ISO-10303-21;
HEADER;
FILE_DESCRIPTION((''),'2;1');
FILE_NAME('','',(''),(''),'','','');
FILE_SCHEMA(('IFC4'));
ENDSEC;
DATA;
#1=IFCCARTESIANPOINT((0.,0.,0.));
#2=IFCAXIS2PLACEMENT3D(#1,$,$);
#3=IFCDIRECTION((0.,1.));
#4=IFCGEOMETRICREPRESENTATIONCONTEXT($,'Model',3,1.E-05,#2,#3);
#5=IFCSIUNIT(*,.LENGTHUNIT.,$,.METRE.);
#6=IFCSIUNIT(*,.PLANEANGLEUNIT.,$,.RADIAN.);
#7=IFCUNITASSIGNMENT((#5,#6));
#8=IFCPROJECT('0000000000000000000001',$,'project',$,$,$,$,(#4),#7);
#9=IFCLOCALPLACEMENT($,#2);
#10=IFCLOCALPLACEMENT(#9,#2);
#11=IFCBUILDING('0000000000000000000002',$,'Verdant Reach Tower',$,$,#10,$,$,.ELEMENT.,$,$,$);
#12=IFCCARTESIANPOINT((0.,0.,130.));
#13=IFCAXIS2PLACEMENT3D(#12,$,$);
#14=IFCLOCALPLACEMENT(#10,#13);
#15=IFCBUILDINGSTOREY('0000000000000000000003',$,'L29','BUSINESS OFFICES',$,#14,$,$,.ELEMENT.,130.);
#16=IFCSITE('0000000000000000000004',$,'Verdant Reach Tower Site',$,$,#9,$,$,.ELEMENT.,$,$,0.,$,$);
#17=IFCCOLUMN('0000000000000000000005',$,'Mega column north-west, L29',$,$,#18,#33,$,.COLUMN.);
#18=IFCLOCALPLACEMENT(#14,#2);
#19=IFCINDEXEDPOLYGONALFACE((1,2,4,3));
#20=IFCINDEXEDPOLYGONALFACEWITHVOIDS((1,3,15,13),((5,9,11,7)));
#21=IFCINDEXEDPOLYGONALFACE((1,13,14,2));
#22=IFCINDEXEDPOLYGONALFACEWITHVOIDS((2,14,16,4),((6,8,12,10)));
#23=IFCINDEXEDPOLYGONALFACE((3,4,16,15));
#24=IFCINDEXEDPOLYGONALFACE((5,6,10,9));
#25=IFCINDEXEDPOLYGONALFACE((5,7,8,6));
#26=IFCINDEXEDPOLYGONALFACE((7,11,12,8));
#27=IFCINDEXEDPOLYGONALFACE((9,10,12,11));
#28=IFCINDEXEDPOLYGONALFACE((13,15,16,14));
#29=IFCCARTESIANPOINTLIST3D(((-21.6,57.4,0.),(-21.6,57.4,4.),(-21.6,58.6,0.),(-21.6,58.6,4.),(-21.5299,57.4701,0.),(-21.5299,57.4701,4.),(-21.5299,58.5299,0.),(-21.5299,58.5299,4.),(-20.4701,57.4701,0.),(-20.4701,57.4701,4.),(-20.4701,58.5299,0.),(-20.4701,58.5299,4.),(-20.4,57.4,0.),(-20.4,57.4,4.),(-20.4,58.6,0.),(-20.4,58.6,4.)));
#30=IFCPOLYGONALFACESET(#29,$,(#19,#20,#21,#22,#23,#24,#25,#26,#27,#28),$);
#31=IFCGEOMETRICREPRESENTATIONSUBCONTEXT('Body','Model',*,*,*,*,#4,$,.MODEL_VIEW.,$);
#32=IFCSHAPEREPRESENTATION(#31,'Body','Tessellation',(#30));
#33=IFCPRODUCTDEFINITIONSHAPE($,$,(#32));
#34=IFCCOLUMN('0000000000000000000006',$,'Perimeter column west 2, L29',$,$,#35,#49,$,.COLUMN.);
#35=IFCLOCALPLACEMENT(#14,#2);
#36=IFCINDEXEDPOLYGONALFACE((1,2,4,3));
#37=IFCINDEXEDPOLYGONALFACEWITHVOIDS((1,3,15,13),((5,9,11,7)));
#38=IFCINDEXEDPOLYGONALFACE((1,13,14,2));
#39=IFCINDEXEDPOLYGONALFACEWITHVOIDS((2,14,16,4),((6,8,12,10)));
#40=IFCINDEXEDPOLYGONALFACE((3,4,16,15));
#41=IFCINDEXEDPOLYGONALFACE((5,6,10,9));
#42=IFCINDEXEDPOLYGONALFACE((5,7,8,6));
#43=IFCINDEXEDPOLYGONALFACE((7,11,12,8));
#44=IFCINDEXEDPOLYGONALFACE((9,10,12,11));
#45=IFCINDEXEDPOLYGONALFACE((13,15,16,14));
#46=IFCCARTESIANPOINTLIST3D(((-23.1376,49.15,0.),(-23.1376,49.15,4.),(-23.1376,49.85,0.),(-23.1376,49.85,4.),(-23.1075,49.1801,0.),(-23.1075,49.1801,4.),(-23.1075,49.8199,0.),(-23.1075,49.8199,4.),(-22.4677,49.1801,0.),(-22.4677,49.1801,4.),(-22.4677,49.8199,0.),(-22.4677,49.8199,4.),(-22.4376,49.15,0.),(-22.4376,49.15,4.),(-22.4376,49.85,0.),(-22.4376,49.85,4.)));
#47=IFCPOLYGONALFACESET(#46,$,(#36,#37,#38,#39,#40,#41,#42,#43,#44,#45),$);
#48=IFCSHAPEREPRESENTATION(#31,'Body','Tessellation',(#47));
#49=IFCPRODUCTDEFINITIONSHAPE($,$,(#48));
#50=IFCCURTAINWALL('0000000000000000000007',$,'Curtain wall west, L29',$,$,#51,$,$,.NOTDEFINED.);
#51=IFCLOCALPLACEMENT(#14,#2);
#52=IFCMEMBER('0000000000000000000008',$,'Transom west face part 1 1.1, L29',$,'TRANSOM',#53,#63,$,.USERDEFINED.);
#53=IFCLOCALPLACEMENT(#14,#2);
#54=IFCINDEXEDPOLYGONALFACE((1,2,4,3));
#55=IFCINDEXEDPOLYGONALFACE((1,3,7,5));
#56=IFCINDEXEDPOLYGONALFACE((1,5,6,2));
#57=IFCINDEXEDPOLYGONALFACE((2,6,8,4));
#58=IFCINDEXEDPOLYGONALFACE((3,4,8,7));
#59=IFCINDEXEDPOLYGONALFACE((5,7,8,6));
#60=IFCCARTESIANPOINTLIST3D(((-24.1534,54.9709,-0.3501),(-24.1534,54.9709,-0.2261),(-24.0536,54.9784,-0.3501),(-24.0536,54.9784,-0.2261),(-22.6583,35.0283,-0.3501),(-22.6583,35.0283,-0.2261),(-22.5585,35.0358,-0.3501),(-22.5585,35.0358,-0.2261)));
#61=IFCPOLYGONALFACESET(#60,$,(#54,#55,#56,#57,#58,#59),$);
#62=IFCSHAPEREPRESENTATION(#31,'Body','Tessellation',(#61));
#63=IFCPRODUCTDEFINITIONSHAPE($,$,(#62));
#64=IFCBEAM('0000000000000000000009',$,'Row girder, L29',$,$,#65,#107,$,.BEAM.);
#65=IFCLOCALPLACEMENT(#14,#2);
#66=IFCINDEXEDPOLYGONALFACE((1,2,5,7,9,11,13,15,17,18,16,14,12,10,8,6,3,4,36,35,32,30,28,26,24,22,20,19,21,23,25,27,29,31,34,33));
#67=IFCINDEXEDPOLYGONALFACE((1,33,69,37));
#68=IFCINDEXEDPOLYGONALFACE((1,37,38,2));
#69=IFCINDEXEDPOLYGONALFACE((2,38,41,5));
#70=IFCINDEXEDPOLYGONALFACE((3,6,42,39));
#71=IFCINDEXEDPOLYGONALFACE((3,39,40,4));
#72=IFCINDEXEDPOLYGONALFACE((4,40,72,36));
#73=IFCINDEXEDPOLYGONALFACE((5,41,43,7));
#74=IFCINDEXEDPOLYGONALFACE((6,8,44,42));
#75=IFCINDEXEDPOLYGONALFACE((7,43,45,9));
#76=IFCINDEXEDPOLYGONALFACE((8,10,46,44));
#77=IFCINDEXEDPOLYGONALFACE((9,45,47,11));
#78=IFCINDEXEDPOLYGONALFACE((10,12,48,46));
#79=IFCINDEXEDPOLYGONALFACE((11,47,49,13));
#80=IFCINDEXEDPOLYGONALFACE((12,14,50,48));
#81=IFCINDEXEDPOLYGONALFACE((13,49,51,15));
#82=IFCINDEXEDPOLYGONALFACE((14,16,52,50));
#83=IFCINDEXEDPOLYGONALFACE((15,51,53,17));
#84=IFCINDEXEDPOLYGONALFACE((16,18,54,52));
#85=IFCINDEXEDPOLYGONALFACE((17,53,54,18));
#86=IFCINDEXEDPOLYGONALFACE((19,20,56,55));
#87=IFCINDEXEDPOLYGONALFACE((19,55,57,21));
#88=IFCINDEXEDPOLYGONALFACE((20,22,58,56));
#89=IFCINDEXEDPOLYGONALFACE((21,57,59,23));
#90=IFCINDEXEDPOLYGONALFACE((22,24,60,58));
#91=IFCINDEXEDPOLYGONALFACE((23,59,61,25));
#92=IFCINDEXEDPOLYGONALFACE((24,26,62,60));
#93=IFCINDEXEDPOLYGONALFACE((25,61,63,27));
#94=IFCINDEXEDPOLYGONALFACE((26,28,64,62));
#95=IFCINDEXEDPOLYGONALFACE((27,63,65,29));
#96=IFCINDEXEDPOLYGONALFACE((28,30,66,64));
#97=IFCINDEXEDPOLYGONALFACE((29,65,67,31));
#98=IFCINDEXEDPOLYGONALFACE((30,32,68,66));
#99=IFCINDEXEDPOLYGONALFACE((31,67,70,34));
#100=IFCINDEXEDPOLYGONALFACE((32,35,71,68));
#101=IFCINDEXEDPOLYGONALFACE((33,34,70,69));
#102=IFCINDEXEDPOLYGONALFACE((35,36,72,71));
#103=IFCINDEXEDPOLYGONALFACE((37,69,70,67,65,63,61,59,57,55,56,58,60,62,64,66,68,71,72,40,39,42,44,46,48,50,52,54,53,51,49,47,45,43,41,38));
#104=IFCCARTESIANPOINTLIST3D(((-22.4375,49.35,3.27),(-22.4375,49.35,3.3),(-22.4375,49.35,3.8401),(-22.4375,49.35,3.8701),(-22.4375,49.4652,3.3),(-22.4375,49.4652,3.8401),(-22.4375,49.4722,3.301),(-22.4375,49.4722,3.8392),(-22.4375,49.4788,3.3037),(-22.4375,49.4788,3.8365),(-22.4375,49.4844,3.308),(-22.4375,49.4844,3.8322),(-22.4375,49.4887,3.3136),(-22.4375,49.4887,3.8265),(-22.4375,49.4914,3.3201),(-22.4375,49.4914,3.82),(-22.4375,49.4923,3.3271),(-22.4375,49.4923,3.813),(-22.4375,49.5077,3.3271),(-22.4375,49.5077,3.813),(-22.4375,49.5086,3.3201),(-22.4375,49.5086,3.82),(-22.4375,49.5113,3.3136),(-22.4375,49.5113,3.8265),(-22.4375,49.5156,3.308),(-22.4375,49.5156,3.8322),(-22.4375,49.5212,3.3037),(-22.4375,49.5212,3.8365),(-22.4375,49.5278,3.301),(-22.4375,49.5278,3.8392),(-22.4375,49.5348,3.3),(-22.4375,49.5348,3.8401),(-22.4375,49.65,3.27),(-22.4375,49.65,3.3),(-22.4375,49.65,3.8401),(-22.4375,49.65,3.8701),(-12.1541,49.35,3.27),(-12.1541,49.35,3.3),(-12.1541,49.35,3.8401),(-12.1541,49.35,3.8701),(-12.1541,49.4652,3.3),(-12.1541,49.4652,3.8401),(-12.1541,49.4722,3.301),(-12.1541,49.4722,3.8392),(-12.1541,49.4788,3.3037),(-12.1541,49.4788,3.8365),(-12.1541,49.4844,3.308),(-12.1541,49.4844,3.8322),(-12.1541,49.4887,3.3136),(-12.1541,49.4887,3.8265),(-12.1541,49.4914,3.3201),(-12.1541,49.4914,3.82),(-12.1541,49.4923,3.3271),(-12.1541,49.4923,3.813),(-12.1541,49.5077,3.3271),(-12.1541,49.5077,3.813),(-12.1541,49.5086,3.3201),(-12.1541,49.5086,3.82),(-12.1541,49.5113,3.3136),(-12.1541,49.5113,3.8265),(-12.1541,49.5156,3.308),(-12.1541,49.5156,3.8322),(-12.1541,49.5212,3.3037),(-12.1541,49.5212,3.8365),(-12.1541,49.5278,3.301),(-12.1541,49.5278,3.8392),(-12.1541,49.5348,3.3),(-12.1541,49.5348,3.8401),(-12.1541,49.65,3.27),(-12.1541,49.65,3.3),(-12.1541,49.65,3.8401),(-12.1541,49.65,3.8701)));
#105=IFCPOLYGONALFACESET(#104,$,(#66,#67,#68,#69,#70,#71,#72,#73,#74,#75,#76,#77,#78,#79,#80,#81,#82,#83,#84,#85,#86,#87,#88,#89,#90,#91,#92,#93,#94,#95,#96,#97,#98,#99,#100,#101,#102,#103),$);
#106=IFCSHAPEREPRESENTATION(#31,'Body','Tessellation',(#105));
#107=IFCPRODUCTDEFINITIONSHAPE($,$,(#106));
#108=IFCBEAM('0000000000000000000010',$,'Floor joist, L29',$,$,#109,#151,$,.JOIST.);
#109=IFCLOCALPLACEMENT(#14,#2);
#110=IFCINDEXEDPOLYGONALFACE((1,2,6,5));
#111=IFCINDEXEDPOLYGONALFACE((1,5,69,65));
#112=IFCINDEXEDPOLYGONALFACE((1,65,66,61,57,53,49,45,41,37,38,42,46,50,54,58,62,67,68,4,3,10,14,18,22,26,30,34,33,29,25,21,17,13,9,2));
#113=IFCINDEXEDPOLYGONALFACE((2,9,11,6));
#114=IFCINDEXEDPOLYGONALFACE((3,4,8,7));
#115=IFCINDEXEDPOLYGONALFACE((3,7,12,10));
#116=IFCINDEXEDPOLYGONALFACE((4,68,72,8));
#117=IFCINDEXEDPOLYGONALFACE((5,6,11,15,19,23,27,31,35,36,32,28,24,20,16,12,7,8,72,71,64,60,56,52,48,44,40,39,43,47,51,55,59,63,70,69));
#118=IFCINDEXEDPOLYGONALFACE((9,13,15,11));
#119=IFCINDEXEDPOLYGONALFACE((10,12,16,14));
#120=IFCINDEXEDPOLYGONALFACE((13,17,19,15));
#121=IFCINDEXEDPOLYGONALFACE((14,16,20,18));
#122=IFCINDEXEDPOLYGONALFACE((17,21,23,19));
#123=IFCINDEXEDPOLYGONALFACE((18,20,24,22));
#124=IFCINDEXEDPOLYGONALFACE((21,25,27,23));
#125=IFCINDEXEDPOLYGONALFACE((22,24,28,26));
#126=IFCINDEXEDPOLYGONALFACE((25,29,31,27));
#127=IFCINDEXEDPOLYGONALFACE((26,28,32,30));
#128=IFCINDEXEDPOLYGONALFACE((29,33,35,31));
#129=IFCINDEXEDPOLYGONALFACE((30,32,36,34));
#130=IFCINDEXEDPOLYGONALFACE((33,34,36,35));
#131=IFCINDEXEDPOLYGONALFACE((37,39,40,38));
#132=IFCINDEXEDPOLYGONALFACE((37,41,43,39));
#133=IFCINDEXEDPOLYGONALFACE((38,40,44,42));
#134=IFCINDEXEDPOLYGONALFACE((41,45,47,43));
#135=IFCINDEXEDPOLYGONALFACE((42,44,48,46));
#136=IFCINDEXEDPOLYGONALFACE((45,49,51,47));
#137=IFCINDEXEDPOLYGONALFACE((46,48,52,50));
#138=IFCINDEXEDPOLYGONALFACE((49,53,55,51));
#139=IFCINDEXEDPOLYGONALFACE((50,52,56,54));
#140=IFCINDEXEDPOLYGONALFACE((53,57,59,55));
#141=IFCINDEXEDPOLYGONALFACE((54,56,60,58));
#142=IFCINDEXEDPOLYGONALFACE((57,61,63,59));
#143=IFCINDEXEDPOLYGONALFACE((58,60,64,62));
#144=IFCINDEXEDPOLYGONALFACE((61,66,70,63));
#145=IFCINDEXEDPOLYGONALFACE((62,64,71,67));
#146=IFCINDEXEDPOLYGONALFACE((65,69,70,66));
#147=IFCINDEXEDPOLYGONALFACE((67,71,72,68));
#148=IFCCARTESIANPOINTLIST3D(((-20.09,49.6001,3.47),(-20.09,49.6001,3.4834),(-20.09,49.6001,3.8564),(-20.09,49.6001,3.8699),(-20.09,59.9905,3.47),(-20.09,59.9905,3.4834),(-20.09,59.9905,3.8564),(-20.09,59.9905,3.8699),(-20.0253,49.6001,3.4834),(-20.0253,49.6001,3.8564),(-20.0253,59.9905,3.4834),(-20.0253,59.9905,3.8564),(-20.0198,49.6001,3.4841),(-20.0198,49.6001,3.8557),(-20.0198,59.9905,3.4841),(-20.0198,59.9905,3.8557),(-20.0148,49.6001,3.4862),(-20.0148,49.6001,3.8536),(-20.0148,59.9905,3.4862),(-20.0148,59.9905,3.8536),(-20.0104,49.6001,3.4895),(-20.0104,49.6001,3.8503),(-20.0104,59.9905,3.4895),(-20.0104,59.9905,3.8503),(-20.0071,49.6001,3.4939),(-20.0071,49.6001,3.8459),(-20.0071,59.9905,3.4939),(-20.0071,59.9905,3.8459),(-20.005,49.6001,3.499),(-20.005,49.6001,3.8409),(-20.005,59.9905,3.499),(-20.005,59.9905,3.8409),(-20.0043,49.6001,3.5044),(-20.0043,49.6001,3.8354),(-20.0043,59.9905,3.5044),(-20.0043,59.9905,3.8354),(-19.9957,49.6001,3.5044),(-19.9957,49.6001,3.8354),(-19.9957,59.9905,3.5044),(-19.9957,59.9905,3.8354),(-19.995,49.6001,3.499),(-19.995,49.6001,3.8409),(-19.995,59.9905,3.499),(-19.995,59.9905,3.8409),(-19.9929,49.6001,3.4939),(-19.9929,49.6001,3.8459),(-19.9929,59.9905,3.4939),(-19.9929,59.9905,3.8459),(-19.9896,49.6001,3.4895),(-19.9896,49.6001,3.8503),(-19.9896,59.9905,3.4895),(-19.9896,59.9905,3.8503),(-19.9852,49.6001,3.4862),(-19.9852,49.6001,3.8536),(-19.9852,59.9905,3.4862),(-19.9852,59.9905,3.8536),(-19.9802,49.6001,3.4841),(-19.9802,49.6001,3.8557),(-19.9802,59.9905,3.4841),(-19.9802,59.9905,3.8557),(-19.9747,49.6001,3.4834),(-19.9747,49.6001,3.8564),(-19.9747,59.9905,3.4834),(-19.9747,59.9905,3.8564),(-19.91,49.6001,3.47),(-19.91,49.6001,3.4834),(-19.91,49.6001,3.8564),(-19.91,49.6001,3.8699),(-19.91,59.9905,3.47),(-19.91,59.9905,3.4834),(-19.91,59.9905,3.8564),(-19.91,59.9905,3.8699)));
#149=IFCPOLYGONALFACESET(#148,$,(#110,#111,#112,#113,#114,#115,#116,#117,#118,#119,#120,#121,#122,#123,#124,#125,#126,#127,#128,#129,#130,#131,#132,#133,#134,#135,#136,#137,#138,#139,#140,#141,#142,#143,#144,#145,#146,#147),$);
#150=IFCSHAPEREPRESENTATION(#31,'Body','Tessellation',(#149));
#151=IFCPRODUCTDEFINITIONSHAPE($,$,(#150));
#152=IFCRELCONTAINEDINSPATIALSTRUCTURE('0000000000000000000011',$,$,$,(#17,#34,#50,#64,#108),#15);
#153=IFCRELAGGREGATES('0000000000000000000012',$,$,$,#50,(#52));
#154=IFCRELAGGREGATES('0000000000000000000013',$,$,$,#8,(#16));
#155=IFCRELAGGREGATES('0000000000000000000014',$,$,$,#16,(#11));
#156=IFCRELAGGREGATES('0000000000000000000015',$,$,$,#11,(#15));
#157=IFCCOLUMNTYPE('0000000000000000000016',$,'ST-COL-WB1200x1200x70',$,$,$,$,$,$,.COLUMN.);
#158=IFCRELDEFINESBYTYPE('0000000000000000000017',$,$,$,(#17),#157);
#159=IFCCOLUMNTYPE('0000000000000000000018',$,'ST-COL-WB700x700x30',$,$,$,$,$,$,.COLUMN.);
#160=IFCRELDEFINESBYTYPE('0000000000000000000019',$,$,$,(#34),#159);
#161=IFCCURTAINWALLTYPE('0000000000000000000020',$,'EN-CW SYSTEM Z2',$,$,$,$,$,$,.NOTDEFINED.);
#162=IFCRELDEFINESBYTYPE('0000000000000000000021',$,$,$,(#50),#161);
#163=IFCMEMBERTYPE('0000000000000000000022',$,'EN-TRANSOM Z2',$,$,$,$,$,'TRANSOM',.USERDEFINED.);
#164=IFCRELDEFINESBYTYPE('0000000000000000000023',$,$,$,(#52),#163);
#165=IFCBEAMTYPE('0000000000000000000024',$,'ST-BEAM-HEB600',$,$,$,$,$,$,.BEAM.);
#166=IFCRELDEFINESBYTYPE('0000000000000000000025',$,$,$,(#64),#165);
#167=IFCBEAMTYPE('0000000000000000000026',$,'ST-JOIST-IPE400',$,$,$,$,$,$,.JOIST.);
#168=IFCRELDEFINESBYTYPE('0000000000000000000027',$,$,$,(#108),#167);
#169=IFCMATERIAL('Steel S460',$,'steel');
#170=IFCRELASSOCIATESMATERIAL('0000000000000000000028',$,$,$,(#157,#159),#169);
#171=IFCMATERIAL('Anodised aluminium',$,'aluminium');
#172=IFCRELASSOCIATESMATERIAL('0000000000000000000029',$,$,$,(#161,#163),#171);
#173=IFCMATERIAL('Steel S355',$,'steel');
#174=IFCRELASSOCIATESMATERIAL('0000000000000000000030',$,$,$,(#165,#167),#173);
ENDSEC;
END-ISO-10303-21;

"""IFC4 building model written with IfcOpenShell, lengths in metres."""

from ifc_helpers import new_model, si_unit, direction, frame, origin, origin_2d, place, context, subcontext, project, spatial, rectangle, hollow_rectangle, i_section, extrude, material, material_profile, profile_set, type_object, element, aggregate, save


model = new_model("IFC4")

# Units and contexts
model_context = context("Model", 3, precision=1e-05, world=origin(), true_north=direction((0.0, 1.0)))
body_context = subcontext(model_context, "Body", "Model", "MODEL_VIEW")
ifc_project = project(units=[si_unit("LENGTHUNIT", "METRE"), si_unit("PLANEANGLEUNIT", "RADIAN")], contexts=[model_context])

# Site, building, storey
site_placement = place(None, origin())
site = spatial("IfcSite", under=ifc_project, at=site_placement, Name="Verdant Reach Tower Site", CompositionType="ELEMENT", RefElevation=0.0)
building_placement = place(site_placement, origin())
building = spatial("IfcBuilding", under=site, at=building_placement, Name="Verdant Reach Tower", CompositionType="ELEMENT")
storey_placement = place(building_placement, frame((0.0, 0.0, 130.0)))
storey = spatial("IfcBuildingStorey", under=building, at=storey_placement, Name="L29", Description="BUSINESS OFFICES", CompositionType="ELEMENT", Elevation=130.0)

# Columns
ifc_material_1 = material(Name="Steel S460", Category="steel")
ifc_material_profile_1 = material_profile(ifc_material_1, hollow_rectangle(XDim=1.2, YDim=1.2, WallThickness=0.0701, at=origin_2d()), Name="WB 1200x1200x70")
ifc_profile_set_1 = profile_set([ifc_material_profile_1], Name="Steel S460")
column_type_1 = type_object("IfcColumnType", Name="ST-COL-WB1200x1200x70", PredefinedType="COLUMN", material=ifc_profile_set_1)
column_1_placement = place(storey_placement, frame((-21.0, 58.0, 0.0), z_axis=(0.0, 0.0, 1.0), x_axis=(1.0, 0.0, 0.0)))
element("IfcColumn", 1, at=column_1_placement, inside=storey, type_object=column_type_1, Name="Mega column north-west, L29", PredefinedType="COLUMN", context=body_context, shape_type="SweptSolid", body=[
    extrude(hollow_rectangle(XDim=1.2, YDim=1.2, WallThickness=0.0701, at=origin_2d()), origin(), (0.0, 0.0, 1.0), 4.0),
])
ifc_material_profile_2 = material_profile(ifc_material_1, hollow_rectangle(XDim=0.7, YDim=0.7, WallThickness=0.03, at=origin_2d()), Name="WB 700x700x30")
ifc_profile_set_2 = profile_set([ifc_material_profile_2], Name="Steel S460")
column_type_2 = type_object("IfcColumnType", Name="ST-COL-WB700x700x30", PredefinedType="COLUMN", material=ifc_profile_set_2)
column_2_placement = place(storey_placement, frame((-22.7876, 49.5, 0.0), z_axis=(0.0, 0.0, 1.0), x_axis=(1.0, 0.0, 0.0)))
element("IfcColumn", 2, at=column_2_placement, inside=storey, type_object=column_type_2, Name="Perimeter column west 2, L29", PredefinedType="COLUMN", context=body_context, shape_type="SweptSolid", body=[
    extrude(hollow_rectangle(XDim=0.7, YDim=0.7, WallThickness=0.03, at=origin_2d()), origin(), (0.0, 0.0, 1.0), 4.0),
])

# Curtain wall, member
ifc_material_2 = material(Name="Anodised aluminium", Category="aluminium")
curtain_wall_type = type_object("IfcCurtainWallType", Name="EN-CW SYSTEM Z2", PredefinedType="NOTDEFINED", material=ifc_material_2)
curtain_wall_1_placement = place(storey_placement, origin())
curtain_wall_1 = element("IfcCurtainWall", 3, at=curtain_wall_1_placement, inside=storey, type_object=curtain_wall_type, Name="Curtain wall west, L29", PredefinedType="NOTDEFINED")
ifc_material_profile_3 = material_profile(ifc_material_2, rectangle(XDim=0.1001, YDim=0.124, at=origin_2d()), Name="Transom 124x100")
ifc_profile_set_3 = profile_set([ifc_material_profile_3], Name="Anodised aluminium")
member_type = type_object("IfcMemberType", Name="EN-TRANSOM Z2", ElementType="TRANSOM", PredefinedType="USERDEFINED", material=ifc_profile_set_3)
member_placement = place(storey_placement, frame((-24.1035, 54.9746, -0.2881), z_axis=(0.074761, -0.997201, 0.0), x_axis=(0.997201, 0.074761, 0.0)))
member = element("IfcMember", 4, at=member_placement, type_object=member_type, Name="Transom west face part 1 1.1, L29", ObjectType="TRANSOM", PredefinedType="USERDEFINED", context=body_context, shape_type="SweptSolid", body=[
    extrude(rectangle(XDim=0.1001, YDim=0.124, at=origin_2d()), origin(), (0.0, 0.0, 1.0), 19.9985),
])

# Beams
ifc_material_3 = material(Name="Steel S355", Category="steel")
ifc_material_profile_4 = material_profile(ifc_material_3, i_section(OverallWidth=0.3, OverallDepth=0.6001, WebThickness=0.0154, FlangeThickness=0.03, FilletRadius=0.0271, at=origin_2d()), Name="HEB 600")
ifc_profile_set_4 = profile_set([ifc_material_profile_4], Name="Steel S355")
beam_type_1 = type_object("IfcBeamType", Name="ST-BEAM-HEB600", PredefinedType="BEAM", material=ifc_profile_set_4)
beam_1_placement = place(storey_placement, frame((-22.4375, 49.5, 3.5701), z_axis=(1.0, 0.0, 0.0), x_axis=(0.0, 1.0, 0.0)))
element("IfcBeam", 5, at=beam_1_placement, inside=storey, type_object=beam_type_1, Name="Row girder, L29", PredefinedType="BEAM", context=body_context, shape_type="SweptSolid", body=[
    extrude(i_section(OverallWidth=0.3, OverallDepth=0.6001, WebThickness=0.0154, FlangeThickness=0.03, FilletRadius=0.0271, at=origin_2d()), origin(), (0.0, 0.0, 1.0), 10.2834),
])
ifc_material_profile_5 = material_profile(ifc_material_3, i_section(OverallWidth=0.1799, OverallDepth=0.3999, WebThickness=0.0085, FlangeThickness=0.0134, FilletRadius=0.021, at=origin_2d()), Name="IPE 400")
ifc_profile_set_5 = profile_set([ifc_material_profile_5], Name="Steel S355")
beam_type_2 = type_object("IfcBeamType", Name="ST-JOIST-IPE400", PredefinedType="JOIST", material=ifc_profile_set_5)
beam_2_placement = place(storey_placement, frame((-20.0, 49.6001, 3.6699), z_axis=(0.0, 1.0, 0.0), x_axis=(-1.0, 0.0, 0.0)))
element("IfcBeam", 6, at=beam_2_placement, inside=storey, type_object=beam_type_2, Name="Floor joist, L29", PredefinedType="JOIST", context=body_context, shape_type="SweptSolid", body=[
    extrude(i_section(OverallWidth=0.1799, OverallDepth=0.3999, WebThickness=0.0085, FlangeThickness=0.0134, FilletRadius=0.021, at=origin_2d()), origin(), (0.0, 0.0, 1.0), 10.3904),
])

aggregate(curtain_wall_1, [member])

save(model, "model.ifc")
